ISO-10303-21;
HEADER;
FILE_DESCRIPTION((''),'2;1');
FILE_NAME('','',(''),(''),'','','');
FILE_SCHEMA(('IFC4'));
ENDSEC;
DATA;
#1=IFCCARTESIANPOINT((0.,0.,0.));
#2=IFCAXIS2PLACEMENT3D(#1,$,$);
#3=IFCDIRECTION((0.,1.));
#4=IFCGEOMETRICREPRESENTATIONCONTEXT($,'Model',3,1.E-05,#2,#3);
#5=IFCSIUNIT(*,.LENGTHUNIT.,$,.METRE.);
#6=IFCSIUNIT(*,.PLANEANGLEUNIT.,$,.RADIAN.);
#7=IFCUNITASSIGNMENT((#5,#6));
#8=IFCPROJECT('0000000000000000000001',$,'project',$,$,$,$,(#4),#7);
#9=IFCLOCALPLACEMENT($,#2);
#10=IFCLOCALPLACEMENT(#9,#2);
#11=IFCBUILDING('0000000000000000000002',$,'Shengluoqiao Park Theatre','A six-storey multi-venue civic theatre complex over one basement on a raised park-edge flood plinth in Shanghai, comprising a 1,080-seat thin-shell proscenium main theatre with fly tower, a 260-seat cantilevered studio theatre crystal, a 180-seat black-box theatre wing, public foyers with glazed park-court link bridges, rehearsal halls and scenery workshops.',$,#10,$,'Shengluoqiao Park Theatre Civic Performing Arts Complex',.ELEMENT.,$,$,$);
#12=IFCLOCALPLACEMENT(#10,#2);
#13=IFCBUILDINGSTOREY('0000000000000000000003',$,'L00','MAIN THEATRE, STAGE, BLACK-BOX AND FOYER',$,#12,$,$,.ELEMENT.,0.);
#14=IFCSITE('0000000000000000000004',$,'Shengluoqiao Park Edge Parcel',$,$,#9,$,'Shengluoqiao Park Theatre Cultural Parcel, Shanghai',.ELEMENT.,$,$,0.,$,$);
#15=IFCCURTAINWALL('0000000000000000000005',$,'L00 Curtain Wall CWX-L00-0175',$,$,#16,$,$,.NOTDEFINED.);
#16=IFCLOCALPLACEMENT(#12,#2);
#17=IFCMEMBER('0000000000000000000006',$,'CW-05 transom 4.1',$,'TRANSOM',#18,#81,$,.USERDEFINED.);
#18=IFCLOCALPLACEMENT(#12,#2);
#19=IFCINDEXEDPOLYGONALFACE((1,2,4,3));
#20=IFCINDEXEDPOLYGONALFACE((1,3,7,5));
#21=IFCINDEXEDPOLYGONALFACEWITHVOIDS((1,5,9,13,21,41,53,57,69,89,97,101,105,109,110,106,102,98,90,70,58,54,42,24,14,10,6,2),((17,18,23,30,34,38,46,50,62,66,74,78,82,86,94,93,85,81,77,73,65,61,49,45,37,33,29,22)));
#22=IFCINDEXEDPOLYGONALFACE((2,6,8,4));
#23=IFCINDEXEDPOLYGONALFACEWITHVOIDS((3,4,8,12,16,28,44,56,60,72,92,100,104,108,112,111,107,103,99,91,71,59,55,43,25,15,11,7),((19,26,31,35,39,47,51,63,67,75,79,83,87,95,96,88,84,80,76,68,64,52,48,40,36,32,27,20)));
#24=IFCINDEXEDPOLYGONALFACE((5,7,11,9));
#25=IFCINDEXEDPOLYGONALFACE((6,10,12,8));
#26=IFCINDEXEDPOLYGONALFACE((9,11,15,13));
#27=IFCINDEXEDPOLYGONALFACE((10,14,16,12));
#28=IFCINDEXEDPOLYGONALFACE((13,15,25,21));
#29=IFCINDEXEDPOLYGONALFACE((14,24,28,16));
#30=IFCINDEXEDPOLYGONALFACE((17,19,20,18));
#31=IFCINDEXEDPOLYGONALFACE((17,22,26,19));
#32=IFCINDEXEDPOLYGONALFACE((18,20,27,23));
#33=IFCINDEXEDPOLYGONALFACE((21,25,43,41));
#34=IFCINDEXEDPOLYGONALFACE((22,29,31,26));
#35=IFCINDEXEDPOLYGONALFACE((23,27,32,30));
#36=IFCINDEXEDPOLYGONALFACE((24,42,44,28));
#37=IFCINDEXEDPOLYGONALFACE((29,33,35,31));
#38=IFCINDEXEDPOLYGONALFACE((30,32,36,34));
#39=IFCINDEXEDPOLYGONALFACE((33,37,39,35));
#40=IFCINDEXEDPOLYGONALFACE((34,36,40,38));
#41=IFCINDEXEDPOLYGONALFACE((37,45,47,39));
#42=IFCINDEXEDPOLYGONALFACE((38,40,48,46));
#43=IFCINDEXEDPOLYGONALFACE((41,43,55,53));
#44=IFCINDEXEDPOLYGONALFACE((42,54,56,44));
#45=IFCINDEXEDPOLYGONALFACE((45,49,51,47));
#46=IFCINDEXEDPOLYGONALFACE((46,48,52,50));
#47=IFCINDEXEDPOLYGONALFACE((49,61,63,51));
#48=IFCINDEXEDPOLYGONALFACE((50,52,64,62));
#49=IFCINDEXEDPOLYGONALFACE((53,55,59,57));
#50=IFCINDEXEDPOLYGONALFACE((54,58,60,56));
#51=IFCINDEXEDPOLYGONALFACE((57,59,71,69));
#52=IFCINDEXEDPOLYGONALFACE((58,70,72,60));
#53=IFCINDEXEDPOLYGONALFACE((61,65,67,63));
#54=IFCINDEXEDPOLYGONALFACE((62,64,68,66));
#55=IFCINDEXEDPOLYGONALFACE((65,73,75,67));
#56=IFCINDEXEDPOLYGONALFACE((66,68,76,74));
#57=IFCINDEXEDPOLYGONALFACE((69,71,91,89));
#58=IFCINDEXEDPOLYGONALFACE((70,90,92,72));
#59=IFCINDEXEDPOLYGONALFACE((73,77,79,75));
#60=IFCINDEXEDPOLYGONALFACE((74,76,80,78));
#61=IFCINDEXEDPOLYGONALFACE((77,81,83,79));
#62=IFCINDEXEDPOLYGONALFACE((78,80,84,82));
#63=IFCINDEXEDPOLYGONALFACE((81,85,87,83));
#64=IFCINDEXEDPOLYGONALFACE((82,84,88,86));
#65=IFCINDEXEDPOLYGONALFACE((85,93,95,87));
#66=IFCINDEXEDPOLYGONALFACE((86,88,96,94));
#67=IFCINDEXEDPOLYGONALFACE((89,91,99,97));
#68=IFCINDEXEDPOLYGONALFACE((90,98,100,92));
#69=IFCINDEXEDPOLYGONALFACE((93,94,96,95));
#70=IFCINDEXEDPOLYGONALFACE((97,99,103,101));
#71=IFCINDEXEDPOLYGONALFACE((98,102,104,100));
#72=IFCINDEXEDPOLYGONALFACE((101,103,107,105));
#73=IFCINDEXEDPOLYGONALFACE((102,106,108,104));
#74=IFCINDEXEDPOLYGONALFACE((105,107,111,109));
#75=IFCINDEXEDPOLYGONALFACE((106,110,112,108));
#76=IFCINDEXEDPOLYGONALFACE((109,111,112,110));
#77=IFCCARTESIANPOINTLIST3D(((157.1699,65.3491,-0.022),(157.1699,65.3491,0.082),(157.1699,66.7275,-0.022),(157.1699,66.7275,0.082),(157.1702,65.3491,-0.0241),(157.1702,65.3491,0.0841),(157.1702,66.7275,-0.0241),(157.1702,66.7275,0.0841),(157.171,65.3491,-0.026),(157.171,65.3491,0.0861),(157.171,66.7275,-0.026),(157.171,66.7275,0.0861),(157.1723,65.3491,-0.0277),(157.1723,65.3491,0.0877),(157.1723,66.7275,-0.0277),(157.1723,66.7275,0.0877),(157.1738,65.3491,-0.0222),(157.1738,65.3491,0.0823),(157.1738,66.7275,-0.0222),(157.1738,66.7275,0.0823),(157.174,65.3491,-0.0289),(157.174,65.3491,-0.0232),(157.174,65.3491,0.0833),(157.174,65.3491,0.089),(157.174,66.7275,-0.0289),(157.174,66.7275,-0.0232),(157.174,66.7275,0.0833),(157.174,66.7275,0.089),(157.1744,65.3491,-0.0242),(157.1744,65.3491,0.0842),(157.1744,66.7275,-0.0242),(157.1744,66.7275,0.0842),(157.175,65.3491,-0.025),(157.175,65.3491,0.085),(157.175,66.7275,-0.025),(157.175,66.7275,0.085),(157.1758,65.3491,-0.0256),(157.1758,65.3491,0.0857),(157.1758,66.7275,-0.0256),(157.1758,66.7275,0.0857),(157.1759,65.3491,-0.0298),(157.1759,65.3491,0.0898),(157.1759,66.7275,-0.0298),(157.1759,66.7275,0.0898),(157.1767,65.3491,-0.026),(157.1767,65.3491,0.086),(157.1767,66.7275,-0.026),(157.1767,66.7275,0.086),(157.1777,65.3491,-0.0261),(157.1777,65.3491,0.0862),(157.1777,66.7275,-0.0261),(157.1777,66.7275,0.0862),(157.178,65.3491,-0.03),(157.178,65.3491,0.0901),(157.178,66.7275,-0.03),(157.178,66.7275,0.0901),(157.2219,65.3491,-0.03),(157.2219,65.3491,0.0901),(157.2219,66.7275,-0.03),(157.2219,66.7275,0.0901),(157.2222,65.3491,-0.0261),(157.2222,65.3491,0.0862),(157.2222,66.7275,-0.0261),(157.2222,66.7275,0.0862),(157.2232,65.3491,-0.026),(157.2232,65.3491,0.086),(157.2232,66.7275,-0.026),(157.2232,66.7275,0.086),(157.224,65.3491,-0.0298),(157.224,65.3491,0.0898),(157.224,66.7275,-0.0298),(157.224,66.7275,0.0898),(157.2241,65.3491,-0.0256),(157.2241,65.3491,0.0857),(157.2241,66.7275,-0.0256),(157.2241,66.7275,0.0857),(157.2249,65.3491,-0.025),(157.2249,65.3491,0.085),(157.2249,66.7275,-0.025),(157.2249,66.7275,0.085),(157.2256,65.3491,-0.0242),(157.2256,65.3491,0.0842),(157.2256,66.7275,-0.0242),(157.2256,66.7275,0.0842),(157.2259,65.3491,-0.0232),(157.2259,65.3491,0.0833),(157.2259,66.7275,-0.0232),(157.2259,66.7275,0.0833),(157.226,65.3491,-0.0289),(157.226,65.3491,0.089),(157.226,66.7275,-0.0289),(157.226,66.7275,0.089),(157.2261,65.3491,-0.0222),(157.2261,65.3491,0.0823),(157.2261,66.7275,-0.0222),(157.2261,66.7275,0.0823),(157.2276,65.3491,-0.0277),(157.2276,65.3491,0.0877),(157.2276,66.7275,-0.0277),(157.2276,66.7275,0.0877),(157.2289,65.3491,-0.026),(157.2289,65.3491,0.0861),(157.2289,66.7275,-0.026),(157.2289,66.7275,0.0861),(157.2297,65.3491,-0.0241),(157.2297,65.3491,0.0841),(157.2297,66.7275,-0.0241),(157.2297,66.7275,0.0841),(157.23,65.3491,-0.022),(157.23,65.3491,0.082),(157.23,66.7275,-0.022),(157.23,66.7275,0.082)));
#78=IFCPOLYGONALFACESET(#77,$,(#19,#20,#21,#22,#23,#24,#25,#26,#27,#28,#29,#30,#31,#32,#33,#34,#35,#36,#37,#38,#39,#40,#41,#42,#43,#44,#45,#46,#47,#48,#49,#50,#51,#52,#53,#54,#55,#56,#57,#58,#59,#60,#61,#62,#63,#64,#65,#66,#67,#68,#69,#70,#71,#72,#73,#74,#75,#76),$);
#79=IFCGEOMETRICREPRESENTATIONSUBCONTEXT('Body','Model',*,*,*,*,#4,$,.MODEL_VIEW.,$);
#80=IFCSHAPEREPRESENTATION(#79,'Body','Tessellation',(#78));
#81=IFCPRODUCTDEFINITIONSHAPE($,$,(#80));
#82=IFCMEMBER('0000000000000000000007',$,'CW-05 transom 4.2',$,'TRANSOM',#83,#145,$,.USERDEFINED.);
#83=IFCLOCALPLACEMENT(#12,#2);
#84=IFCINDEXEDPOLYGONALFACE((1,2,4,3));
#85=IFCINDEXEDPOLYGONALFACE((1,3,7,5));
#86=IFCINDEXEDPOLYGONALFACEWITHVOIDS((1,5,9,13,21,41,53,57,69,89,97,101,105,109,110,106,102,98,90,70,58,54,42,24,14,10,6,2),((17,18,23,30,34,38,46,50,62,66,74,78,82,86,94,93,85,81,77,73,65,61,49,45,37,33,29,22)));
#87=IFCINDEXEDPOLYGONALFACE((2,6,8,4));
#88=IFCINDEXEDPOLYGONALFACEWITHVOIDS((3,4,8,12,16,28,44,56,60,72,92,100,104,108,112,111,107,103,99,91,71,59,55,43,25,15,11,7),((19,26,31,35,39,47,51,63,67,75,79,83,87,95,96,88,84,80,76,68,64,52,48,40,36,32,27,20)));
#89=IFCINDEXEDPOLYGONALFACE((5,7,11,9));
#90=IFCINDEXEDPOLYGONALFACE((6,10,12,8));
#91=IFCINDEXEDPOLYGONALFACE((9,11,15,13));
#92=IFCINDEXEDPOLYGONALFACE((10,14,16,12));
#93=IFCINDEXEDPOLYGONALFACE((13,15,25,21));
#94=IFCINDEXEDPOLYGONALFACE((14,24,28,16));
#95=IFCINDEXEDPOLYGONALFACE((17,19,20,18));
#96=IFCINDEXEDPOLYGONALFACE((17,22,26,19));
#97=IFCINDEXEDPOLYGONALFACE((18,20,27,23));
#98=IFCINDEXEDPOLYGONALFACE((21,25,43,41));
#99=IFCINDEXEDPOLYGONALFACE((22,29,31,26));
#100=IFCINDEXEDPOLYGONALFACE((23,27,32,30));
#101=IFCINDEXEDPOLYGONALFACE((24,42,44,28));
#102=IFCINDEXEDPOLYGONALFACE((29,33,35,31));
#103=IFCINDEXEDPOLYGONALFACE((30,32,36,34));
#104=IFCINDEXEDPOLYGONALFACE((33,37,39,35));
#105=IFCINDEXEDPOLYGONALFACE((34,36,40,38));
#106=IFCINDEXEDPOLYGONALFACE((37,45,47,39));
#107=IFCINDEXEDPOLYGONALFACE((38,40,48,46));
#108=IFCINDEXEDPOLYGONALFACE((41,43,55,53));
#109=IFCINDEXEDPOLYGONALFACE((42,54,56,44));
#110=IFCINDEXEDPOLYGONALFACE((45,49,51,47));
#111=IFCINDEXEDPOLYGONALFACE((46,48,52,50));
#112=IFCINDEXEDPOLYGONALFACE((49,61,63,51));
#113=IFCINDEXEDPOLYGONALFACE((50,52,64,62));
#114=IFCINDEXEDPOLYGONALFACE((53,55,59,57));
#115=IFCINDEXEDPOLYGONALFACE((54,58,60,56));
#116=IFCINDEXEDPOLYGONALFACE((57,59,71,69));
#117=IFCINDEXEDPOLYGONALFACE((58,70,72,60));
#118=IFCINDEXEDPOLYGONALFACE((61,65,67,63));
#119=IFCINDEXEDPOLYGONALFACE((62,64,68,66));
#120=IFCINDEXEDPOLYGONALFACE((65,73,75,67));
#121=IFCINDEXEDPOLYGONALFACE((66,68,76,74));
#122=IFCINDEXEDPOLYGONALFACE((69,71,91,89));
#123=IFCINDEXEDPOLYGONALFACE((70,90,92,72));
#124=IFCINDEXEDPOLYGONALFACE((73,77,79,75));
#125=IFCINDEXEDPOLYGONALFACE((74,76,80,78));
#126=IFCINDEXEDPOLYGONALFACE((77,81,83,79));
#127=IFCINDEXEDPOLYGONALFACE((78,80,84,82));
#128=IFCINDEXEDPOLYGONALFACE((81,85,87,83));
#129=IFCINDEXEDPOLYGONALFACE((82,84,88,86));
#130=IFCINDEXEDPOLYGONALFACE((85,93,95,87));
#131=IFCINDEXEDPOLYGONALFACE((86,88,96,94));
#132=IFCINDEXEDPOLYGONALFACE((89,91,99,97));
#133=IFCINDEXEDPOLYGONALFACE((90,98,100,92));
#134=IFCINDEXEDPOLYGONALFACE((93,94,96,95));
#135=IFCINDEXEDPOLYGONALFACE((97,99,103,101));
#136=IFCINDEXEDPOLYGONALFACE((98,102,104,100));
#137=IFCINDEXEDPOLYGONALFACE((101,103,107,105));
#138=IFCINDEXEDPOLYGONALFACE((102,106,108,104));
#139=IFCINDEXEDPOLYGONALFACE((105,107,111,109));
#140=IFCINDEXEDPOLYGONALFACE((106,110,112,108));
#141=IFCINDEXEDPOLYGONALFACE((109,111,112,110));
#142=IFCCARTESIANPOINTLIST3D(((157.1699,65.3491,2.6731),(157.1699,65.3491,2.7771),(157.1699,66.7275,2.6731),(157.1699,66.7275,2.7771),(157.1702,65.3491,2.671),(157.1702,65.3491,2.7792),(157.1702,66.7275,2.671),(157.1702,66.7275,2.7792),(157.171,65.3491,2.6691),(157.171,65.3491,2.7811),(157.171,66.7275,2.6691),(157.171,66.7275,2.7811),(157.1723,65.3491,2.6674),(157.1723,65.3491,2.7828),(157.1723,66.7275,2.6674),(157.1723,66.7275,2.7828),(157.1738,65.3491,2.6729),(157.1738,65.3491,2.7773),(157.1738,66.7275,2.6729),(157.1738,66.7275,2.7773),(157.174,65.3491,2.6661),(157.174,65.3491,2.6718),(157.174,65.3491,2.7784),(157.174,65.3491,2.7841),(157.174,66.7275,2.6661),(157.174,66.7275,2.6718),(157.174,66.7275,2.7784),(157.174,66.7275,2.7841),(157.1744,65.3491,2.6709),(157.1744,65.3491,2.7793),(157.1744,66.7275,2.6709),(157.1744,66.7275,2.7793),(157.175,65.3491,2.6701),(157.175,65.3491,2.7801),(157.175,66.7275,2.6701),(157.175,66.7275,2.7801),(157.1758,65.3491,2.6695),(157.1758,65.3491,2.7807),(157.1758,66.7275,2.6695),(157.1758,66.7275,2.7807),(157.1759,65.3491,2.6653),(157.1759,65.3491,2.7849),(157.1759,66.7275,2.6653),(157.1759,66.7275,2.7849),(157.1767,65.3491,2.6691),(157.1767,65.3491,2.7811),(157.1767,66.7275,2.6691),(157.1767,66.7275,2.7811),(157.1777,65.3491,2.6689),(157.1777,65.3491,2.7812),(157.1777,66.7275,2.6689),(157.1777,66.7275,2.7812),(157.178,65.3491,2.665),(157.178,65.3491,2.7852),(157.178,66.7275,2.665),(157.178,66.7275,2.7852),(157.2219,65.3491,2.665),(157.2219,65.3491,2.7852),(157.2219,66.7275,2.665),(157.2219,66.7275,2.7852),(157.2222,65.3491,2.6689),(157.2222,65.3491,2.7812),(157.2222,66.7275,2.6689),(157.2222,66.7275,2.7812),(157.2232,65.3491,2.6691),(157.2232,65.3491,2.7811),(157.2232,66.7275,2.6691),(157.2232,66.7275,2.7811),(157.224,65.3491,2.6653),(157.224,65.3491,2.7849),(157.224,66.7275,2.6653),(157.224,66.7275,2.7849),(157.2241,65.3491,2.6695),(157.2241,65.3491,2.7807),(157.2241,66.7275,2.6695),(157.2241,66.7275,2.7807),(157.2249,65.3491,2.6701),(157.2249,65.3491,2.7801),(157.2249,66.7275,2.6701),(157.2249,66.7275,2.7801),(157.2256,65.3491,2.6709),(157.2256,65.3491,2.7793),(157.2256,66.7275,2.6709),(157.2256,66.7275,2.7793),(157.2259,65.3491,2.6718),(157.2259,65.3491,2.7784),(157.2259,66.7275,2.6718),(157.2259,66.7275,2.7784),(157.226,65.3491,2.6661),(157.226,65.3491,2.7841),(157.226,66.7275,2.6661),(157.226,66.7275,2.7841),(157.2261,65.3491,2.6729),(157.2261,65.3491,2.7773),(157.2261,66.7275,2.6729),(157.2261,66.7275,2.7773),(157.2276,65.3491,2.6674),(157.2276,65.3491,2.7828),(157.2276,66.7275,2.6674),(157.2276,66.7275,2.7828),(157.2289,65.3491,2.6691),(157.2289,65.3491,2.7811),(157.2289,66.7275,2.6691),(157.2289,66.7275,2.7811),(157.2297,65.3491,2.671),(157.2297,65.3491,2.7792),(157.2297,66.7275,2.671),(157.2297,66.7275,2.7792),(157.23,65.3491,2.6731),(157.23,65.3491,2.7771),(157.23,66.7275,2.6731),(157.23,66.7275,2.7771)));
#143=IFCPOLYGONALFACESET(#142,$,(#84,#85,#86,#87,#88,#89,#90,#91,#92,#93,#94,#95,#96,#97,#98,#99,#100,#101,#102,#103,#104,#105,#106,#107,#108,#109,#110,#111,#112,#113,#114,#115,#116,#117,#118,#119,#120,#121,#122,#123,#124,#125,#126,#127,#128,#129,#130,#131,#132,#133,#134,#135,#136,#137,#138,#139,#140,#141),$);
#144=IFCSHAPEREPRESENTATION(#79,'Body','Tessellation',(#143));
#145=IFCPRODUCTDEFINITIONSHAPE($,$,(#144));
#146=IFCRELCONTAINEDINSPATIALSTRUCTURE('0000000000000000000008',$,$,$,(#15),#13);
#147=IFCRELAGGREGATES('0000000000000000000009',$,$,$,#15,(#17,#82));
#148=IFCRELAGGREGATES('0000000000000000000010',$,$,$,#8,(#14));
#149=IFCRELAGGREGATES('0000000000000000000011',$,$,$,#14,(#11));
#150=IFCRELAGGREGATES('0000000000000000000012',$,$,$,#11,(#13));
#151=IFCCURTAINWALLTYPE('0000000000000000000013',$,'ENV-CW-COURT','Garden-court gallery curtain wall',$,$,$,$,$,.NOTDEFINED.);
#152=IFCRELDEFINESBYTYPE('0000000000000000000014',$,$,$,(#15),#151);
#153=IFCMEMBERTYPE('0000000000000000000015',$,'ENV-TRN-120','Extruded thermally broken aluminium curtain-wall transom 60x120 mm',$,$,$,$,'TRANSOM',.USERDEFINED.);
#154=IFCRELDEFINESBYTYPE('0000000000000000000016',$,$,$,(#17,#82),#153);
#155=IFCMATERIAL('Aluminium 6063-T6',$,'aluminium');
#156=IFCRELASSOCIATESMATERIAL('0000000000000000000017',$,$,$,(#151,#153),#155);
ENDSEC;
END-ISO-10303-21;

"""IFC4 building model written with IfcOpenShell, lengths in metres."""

from ifc_helpers import new_model, si_unit, direction, frame, origin, origin_2d, place, context, subcontext, project, spatial, hollow_rectangle, extrude, material, material_profile, profile_set, type_object, element, aggregate, save


model = new_model("IFC4")

# Units and contexts
model_context = context("Model", 3, precision=1e-05, world=origin(), true_north=direction((0.0, 1.0)))
body_context = subcontext(model_context, "Body", "Model", "MODEL_VIEW")
ifc_project = project(units=[si_unit("LENGTHUNIT", "METRE"), si_unit("PLANEANGLEUNIT", "RADIAN")], contexts=[model_context])

# Site, building, storey
site_placement = place(None, origin())
site = spatial("IfcSite", under=ifc_project, at=site_placement, Name="Shengluoqiao Park Edge Parcel", LongName="Shengluoqiao Park Theatre Cultural Parcel, Shanghai", CompositionType="ELEMENT", RefElevation=0.0)
building_placement = place(site_placement, origin())
building = spatial("IfcBuilding", under=site, at=building_placement, Name="Shengluoqiao Park Theatre", Description="A six-storey multi-venue civic theatre complex over one basement on a raised park-edge flood plinth in Shanghai, comprising a 1,080-seat thin-shell proscenium main theatre with fly tower, a 260-seat cantilevered studio theatre crystal, a 180-seat black-box theatre wing, public foyers with glazed park-court link bridges, rehearsal halls and scenery workshops.", LongName="Shengluoqiao Park Theatre Civic Performing Arts Complex", CompositionType="ELEMENT")
storey_placement = place(building_placement, origin())
storey = spatial("IfcBuildingStorey", under=building, at=storey_placement, Name="L00", Description="MAIN THEATRE, STAGE, BLACK-BOX AND FOYER", CompositionType="ELEMENT", Elevation=0.0)

# Curtain wall, members
ifc_material_1 = material(Name="Aluminium 6063-T6", Category="aluminium")
curtain_wall_type = type_object("IfcCurtainWallType", Name="ENV-CW-COURT", Description="Garden-court gallery curtain wall", PredefinedType="NOTDEFINED", material=ifc_material_1)
curtain_wall_placement = place(storey_placement, origin())
curtain_wall = element("IfcCurtainWall", 1, at=curtain_wall_placement, inside=storey, type_object=curtain_wall_type, Name="L00 Curtain Wall CWX-L00-0175", PredefinedType="NOTDEFINED")
ifc_material_profile_1 = material_profile(ifc_material_1, hollow_rectangle(XDim=0.0601, YDim=0.1201, WallThickness=0.0039, InnerFilletRadius=0.0039, OuterFilletRadius=0.0081, at=origin_2d()), Name="ALU TRANSOM 120x60x4")
ifc_profile_set_1 = profile_set([ifc_material_profile_1], Name="Aluminium 6063-T6")
member_type_1 = type_object("IfcMemberType", Name="ENV-TRN-120", Description="Extruded thermally broken aluminium curtain-wall transom 60x120 mm", ElementType="TRANSOM", PredefinedType="USERDEFINED", material=ifc_profile_set_1)
member_1_placement = place(storey_placement, frame((157.2, 65.3491, 0.03), z_axis=(0.0, 1.0, 0.0), x_axis=(-1.0, 0.0, 0.0)))
member_1 = element("IfcMember", 2, at=member_1_placement, type_object=member_type_1, Name="CW-05 transom 4.1", ObjectType="TRANSOM", PredefinedType="USERDEFINED", context=body_context, shape_type="SweptSolid", body=[
    extrude(hollow_rectangle(XDim=0.0601, YDim=0.1201, WallThickness=0.0039, InnerFilletRadius=0.0039, OuterFilletRadius=0.0081, at=origin_2d()), origin(), (0.0, 0.0, 1.0), 1.3784),
])
member_2_placement = place(storey_placement, frame((157.2, 65.3491, 2.7251), z_axis=(0.0, 1.0, 0.0), x_axis=(-1.0, 0.0, 0.0)))
member_2 = element("IfcMember", 3, at=member_2_placement, type_object=member_type_1, Name="CW-05 transom 4.2", ObjectType="TRANSOM", PredefinedType="USERDEFINED", context=body_context, shape_type="SweptSolid", body=[
    extrude(hollow_rectangle(XDim=0.0601, YDim=0.1201, WallThickness=0.0039, InnerFilletRadius=0.0039, OuterFilletRadius=0.0081, at=origin_2d()), origin(), (0.0, 0.0, 1.0), 1.3784),
])
aggregate(curtain_wall, [member_1, member_2])

save(model, "model.ifc")
